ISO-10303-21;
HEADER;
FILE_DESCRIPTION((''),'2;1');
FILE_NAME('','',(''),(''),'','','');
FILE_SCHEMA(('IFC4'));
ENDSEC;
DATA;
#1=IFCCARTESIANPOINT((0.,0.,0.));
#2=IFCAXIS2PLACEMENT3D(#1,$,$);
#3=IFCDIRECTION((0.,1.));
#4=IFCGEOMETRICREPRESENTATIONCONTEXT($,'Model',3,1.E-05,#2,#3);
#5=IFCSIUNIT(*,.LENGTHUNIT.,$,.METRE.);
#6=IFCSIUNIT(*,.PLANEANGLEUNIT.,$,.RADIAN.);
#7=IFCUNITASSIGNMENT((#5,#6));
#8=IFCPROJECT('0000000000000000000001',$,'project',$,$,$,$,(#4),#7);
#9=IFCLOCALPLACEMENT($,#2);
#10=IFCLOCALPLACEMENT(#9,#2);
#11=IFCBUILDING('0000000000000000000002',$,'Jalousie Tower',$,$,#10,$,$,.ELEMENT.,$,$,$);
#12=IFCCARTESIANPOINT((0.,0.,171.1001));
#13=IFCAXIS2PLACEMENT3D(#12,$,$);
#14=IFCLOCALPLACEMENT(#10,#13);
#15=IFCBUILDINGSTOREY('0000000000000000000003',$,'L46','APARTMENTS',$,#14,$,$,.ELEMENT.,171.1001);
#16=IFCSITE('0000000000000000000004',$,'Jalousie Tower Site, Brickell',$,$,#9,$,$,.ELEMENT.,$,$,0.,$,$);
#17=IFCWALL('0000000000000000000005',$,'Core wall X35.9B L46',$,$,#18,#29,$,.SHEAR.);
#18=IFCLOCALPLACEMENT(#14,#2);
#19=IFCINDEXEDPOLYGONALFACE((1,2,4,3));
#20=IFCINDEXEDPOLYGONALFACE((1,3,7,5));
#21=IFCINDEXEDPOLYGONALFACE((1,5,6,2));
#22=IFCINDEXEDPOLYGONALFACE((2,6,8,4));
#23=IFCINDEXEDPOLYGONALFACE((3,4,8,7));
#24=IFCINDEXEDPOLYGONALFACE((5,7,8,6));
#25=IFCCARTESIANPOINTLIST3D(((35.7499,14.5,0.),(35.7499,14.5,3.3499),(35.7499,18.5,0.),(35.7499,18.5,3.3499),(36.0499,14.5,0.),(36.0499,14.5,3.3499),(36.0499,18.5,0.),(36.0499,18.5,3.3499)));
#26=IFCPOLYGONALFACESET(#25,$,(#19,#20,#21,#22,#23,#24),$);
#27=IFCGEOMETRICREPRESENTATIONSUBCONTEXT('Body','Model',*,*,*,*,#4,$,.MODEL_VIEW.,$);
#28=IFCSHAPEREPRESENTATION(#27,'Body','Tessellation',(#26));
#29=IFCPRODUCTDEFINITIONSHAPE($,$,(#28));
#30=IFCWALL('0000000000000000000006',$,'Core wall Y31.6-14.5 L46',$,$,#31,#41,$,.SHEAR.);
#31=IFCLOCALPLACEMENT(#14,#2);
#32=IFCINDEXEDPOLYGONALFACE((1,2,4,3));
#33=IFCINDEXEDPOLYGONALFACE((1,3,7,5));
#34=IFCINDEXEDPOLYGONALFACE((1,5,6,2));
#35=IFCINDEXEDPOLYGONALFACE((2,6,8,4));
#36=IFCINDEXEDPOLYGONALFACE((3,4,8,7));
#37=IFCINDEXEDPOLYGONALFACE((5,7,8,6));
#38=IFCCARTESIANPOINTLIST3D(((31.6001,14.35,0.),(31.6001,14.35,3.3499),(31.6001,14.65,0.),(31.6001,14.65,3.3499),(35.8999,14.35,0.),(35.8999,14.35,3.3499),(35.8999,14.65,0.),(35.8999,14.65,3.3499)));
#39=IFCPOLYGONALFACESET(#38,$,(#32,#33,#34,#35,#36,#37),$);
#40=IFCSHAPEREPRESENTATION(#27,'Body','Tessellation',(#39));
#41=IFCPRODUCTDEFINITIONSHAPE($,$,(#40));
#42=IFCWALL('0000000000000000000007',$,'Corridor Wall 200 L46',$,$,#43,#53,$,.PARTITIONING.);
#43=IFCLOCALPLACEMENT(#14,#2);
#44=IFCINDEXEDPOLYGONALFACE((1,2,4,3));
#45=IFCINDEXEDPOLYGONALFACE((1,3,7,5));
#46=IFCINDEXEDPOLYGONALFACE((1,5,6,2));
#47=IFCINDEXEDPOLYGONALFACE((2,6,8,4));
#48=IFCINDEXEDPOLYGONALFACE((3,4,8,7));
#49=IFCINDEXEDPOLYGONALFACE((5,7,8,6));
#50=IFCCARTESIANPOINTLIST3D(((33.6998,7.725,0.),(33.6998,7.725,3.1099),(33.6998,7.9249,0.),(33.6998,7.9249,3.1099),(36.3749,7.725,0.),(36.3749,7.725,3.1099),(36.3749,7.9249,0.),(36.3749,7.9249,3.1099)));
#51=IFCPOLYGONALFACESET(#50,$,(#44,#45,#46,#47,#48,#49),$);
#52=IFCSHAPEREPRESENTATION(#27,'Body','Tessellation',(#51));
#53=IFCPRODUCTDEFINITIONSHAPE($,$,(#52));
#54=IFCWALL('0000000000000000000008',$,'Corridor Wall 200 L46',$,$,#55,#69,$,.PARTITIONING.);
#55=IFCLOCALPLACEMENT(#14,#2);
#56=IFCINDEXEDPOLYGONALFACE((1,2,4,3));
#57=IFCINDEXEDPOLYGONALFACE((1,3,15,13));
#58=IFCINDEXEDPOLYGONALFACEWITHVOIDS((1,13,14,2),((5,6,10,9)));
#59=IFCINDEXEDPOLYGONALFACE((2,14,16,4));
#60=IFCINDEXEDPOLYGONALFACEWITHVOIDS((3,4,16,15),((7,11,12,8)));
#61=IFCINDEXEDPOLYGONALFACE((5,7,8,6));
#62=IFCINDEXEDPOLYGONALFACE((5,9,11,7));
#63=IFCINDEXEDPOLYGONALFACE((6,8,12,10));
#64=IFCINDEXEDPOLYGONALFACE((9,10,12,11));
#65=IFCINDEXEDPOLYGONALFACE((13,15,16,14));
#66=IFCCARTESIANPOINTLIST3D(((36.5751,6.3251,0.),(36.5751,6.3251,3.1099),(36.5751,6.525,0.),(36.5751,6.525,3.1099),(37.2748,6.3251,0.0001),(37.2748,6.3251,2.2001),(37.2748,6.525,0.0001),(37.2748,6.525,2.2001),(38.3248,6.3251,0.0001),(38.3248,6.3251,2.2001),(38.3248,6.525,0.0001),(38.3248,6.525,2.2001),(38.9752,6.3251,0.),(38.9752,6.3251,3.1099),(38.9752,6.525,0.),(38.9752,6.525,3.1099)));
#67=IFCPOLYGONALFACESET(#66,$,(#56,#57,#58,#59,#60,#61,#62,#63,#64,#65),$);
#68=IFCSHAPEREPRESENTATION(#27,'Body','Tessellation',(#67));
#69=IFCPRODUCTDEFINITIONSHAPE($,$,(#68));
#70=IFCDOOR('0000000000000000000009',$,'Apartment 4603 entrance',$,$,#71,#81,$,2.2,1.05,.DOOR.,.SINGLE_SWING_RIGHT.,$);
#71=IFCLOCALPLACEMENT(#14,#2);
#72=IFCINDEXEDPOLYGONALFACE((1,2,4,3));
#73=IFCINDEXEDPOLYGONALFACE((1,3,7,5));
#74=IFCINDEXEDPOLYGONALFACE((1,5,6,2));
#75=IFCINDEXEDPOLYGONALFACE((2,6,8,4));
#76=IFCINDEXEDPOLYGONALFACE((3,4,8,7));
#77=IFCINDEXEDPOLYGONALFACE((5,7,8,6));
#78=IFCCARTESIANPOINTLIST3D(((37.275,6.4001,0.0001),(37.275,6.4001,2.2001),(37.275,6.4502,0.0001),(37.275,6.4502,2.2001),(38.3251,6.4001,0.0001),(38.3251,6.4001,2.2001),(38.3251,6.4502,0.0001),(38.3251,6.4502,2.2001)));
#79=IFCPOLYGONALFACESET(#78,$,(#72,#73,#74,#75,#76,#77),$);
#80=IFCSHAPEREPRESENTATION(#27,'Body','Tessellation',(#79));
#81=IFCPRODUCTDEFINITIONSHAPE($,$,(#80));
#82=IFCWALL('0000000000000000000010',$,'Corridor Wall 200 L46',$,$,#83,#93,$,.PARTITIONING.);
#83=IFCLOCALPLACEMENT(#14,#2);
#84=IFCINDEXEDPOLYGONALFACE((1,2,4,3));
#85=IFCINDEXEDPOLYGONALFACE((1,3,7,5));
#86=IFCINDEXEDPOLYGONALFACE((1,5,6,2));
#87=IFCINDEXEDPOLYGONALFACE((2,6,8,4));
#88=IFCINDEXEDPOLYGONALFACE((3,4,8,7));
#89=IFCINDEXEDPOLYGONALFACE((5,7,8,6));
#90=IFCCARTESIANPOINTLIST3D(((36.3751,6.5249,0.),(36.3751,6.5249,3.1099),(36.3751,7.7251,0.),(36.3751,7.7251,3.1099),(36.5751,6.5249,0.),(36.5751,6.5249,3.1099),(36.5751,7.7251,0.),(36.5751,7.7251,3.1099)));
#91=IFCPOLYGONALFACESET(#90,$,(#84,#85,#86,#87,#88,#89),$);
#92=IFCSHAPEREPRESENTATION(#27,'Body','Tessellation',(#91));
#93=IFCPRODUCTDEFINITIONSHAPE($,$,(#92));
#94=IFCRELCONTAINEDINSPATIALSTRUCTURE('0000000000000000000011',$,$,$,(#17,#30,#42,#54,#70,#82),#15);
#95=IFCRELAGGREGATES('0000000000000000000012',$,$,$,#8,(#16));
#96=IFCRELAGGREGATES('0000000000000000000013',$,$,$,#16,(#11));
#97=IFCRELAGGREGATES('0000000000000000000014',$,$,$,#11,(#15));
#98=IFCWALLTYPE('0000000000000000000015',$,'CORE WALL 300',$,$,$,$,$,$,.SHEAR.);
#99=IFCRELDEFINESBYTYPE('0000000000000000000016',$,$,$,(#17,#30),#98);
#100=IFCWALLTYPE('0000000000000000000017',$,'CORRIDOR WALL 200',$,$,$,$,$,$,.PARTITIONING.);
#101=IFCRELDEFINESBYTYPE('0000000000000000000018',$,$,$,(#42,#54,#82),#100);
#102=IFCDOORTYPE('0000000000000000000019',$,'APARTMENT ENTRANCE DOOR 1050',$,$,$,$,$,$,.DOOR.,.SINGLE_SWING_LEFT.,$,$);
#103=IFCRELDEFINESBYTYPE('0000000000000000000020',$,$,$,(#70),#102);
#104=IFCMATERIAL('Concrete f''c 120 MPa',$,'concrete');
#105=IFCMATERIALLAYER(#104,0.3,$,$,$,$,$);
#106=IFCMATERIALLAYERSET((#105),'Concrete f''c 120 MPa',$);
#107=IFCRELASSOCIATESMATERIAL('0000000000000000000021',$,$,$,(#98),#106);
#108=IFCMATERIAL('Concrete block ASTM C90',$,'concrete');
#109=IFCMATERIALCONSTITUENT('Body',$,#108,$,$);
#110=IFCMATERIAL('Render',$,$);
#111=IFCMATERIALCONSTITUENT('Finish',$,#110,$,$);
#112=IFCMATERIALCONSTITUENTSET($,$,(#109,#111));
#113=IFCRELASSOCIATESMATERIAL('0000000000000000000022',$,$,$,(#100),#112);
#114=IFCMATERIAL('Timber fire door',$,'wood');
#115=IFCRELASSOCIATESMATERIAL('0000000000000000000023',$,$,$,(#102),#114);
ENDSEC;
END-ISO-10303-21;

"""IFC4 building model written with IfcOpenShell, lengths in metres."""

from ifc_helpers import new_model, si_unit, direction, frame, frame_2d, origin, place, context, subcontext, project, spatial, rectangle, extrude, material, layer, layer_set, constituent, constituent_set, type_object, element, fill, save


model = new_model("IFC4")

# Units and contexts
model_context = context("Model", 3, precision=1e-05, world=origin(), true_north=direction((0.0, 1.0)))
body_context = subcontext(model_context, "Body", "Model", "MODEL_VIEW")
ifc_project = project(units=[si_unit("LENGTHUNIT", "METRE"), si_unit("PLANEANGLEUNIT", "RADIAN")], contexts=[model_context])

# Site, building, storey
site_placement = place(None, origin())
site = spatial("IfcSite", under=ifc_project, at=site_placement, Name="Jalousie Tower Site, Brickell", CompositionType="ELEMENT", RefElevation=0.0)
building_placement = place(site_placement, origin())
building = spatial("IfcBuilding", under=site, at=building_placement, Name="Jalousie Tower", CompositionType="ELEMENT")
storey_placement = place(building_placement, frame((0.0, 0.0, 171.1001)))
storey = spatial("IfcBuildingStorey", under=building, at=storey_placement, Name="L46", Description="APARTMENTS", CompositionType="ELEMENT", Elevation=171.1001)

# Shared definitions
ifc_material_1 = material(Name="Concrete f'c 120 MPa", Category="concrete")
ifc_layer_1 = layer(ifc_material_1, 0.3)
ifc_layer_set_1 = layer_set([ifc_layer_1], Name="Concrete f'c 120 MPa")
wall_type_1 = type_object("IfcWallType", Name="CORE WALL 300", PredefinedType="SHEAR", material=ifc_layer_set_1)

# Walls
wall_1_placement = place(storey_placement, frame((35.8999, 14.5, 0.0), z_axis=(0.0, 0.0, 1.0), x_axis=(0.0, 1.0, 0.0)))
element("IfcWall", 1, at=wall_1_placement, inside=storey, type_object=wall_type_1, Name="Core wall X35.9B L46", PredefinedType="SHEAR", context=body_context, shape_type="SweptSolid", body=[
    extrude(rectangle(XDim=4.0, YDim=0.3, at=frame_2d((2.0, 0.0))), origin(), (0.0, 0.0, 1.0), 3.3499),
])
wall_2_placement = place(storey_placement, frame((31.6001, 14.5, 0.0), z_axis=(0.0, 0.0, 1.0), x_axis=(1.0, 0.0, 0.0)))
element("IfcWall", 2, at=wall_2_placement, inside=storey, type_object=wall_type_1, Name="Core wall Y31.6-14.5 L46", PredefinedType="SHEAR", context=body_context, shape_type="SweptSolid", body=[
    extrude(rectangle(XDim=4.2998, YDim=0.3, at=frame_2d((2.1499, 0.0))), origin(), (0.0, 0.0, 1.0), 3.3499),
])
ifc_material_2 = material(Name="Concrete block ASTM C90", Category="concrete")
ifc_constituent_1 = constituent(ifc_material_2, Name="Body")
ifc_material_3 = material(Name="Render")
ifc_constituent_2 = constituent(ifc_material_3, Name="Finish")
ifc_constituent_set_1 = constituent_set(constituents=[ifc_constituent_1, ifc_constituent_2])
wall_type_2 = type_object("IfcWallType", Name="CORRIDOR WALL 200", PredefinedType="PARTITIONING", material=ifc_constituent_set_1)
wall_3_placement = place(storey_placement, frame((33.7, 7.825, 0.0), z_axis=(0.0, 0.0, 1.0), x_axis=(1.0, 0.0, 0.0)))
element("IfcWall", 3, at=wall_3_placement, inside=storey, type_object=wall_type_2, Name="Corridor Wall 200 L46", PredefinedType="PARTITIONING", context=body_context, shape_type="SweptSolid", body=[
    extrude(rectangle(XDim=2.675, YDim=0.2, at=frame_2d((1.3374, 0.0))), origin(), (0.0, 0.0, 1.0), 3.1099),
])

# Wall, opening, door
wall_4_placement = place(storey_placement, frame((36.575, 6.425, 0.0), z_axis=(0.0, 0.0, 1.0), x_axis=(1.0, 0.0, 0.0)))
wall_4 = element("IfcWall", 4, at=wall_4_placement, inside=storey, type_object=wall_type_2, Name="Corridor Wall 200 L46", PredefinedType="PARTITIONING", context=body_context, shape_type="SweptSolid", body=[
    extrude(rectangle(XDim=2.4001, YDim=0.2, at=frame_2d((1.2002, 0.0))), origin(), (0.0, 0.0, 1.0), 3.1099),
])
opening_1_placement = place(wall_4_placement, frame((0.7, 0.0, 0.0)))
opening_1 = element("IfcOpeningElement", 5, at=opening_1_placement, cuts=wall_4, PredefinedType="OPENING", context=body_context, shape_type="SweptSolid", body=[
    extrude(rectangle(XDim=1.05, YDim=2.2, at=frame_2d((0.5249, 1.1001))), frame((0.0, 0.1099, 0.0), z_axis=(0.0, -1.0, 0.0), x_axis=(1.0, 0.0, 0.0)), (0.0, 0.0, 1.0), 0.22),
])
ifc_material_4 = material(Name="Timber fire door", Category="wood")
door_type_1 = type_object("IfcDoorType", Name="APARTMENT ENTRANCE DOOR 1050", OperationType="SINGLE_SWING_LEFT", PredefinedType="DOOR", material=ifc_material_4)
door_1_placement = place(opening_1_placement, frame((1.05, 0.0, 0.0), z_axis=(0.0, 0.0, 1.0), x_axis=(-1.0, 0.0, 0.0)))
door_1 = element("IfcDoor", 6, at=door_1_placement, inside=storey, type_object=door_type_1, Name="Apartment 4603 entrance", OperationType="SINGLE_SWING_RIGHT", OverallHeight=2.2, OverallWidth=1.05, PredefinedType="DOOR", context=body_context, shape_type="SweptSolid", body=[
    extrude(rectangle(XDim=1.05, YDim=2.2, at=frame_2d((0.5249, 1.1001))), frame((0.0, 0.0249, 0.0), z_axis=(0.0, -1.0, 0.0), x_axis=(1.0, 0.0, 0.0)), (0.0, 0.0, 1.0), 0.05),
])
fill(opening_1, door_1)

# Wall
wall_5_placement = place(storey_placement, frame((36.4751, 7.7251, 0.0), z_axis=(0.0, 0.0, 1.0), x_axis=(0.0, -1.0, 0.0)))
element("IfcWall", 7, at=wall_5_placement, inside=storey, type_object=wall_type_2, Name="Corridor Wall 200 L46", PredefinedType="PARTITIONING", context=body_context, shape_type="SweptSolid", body=[
    extrude(rectangle(XDim=1.2002, YDim=0.2, at=frame_2d((0.6001, 0.0))), origin(), (0.0, 0.0, 1.0), 3.1099),
])

save(model, "model.ifc")
